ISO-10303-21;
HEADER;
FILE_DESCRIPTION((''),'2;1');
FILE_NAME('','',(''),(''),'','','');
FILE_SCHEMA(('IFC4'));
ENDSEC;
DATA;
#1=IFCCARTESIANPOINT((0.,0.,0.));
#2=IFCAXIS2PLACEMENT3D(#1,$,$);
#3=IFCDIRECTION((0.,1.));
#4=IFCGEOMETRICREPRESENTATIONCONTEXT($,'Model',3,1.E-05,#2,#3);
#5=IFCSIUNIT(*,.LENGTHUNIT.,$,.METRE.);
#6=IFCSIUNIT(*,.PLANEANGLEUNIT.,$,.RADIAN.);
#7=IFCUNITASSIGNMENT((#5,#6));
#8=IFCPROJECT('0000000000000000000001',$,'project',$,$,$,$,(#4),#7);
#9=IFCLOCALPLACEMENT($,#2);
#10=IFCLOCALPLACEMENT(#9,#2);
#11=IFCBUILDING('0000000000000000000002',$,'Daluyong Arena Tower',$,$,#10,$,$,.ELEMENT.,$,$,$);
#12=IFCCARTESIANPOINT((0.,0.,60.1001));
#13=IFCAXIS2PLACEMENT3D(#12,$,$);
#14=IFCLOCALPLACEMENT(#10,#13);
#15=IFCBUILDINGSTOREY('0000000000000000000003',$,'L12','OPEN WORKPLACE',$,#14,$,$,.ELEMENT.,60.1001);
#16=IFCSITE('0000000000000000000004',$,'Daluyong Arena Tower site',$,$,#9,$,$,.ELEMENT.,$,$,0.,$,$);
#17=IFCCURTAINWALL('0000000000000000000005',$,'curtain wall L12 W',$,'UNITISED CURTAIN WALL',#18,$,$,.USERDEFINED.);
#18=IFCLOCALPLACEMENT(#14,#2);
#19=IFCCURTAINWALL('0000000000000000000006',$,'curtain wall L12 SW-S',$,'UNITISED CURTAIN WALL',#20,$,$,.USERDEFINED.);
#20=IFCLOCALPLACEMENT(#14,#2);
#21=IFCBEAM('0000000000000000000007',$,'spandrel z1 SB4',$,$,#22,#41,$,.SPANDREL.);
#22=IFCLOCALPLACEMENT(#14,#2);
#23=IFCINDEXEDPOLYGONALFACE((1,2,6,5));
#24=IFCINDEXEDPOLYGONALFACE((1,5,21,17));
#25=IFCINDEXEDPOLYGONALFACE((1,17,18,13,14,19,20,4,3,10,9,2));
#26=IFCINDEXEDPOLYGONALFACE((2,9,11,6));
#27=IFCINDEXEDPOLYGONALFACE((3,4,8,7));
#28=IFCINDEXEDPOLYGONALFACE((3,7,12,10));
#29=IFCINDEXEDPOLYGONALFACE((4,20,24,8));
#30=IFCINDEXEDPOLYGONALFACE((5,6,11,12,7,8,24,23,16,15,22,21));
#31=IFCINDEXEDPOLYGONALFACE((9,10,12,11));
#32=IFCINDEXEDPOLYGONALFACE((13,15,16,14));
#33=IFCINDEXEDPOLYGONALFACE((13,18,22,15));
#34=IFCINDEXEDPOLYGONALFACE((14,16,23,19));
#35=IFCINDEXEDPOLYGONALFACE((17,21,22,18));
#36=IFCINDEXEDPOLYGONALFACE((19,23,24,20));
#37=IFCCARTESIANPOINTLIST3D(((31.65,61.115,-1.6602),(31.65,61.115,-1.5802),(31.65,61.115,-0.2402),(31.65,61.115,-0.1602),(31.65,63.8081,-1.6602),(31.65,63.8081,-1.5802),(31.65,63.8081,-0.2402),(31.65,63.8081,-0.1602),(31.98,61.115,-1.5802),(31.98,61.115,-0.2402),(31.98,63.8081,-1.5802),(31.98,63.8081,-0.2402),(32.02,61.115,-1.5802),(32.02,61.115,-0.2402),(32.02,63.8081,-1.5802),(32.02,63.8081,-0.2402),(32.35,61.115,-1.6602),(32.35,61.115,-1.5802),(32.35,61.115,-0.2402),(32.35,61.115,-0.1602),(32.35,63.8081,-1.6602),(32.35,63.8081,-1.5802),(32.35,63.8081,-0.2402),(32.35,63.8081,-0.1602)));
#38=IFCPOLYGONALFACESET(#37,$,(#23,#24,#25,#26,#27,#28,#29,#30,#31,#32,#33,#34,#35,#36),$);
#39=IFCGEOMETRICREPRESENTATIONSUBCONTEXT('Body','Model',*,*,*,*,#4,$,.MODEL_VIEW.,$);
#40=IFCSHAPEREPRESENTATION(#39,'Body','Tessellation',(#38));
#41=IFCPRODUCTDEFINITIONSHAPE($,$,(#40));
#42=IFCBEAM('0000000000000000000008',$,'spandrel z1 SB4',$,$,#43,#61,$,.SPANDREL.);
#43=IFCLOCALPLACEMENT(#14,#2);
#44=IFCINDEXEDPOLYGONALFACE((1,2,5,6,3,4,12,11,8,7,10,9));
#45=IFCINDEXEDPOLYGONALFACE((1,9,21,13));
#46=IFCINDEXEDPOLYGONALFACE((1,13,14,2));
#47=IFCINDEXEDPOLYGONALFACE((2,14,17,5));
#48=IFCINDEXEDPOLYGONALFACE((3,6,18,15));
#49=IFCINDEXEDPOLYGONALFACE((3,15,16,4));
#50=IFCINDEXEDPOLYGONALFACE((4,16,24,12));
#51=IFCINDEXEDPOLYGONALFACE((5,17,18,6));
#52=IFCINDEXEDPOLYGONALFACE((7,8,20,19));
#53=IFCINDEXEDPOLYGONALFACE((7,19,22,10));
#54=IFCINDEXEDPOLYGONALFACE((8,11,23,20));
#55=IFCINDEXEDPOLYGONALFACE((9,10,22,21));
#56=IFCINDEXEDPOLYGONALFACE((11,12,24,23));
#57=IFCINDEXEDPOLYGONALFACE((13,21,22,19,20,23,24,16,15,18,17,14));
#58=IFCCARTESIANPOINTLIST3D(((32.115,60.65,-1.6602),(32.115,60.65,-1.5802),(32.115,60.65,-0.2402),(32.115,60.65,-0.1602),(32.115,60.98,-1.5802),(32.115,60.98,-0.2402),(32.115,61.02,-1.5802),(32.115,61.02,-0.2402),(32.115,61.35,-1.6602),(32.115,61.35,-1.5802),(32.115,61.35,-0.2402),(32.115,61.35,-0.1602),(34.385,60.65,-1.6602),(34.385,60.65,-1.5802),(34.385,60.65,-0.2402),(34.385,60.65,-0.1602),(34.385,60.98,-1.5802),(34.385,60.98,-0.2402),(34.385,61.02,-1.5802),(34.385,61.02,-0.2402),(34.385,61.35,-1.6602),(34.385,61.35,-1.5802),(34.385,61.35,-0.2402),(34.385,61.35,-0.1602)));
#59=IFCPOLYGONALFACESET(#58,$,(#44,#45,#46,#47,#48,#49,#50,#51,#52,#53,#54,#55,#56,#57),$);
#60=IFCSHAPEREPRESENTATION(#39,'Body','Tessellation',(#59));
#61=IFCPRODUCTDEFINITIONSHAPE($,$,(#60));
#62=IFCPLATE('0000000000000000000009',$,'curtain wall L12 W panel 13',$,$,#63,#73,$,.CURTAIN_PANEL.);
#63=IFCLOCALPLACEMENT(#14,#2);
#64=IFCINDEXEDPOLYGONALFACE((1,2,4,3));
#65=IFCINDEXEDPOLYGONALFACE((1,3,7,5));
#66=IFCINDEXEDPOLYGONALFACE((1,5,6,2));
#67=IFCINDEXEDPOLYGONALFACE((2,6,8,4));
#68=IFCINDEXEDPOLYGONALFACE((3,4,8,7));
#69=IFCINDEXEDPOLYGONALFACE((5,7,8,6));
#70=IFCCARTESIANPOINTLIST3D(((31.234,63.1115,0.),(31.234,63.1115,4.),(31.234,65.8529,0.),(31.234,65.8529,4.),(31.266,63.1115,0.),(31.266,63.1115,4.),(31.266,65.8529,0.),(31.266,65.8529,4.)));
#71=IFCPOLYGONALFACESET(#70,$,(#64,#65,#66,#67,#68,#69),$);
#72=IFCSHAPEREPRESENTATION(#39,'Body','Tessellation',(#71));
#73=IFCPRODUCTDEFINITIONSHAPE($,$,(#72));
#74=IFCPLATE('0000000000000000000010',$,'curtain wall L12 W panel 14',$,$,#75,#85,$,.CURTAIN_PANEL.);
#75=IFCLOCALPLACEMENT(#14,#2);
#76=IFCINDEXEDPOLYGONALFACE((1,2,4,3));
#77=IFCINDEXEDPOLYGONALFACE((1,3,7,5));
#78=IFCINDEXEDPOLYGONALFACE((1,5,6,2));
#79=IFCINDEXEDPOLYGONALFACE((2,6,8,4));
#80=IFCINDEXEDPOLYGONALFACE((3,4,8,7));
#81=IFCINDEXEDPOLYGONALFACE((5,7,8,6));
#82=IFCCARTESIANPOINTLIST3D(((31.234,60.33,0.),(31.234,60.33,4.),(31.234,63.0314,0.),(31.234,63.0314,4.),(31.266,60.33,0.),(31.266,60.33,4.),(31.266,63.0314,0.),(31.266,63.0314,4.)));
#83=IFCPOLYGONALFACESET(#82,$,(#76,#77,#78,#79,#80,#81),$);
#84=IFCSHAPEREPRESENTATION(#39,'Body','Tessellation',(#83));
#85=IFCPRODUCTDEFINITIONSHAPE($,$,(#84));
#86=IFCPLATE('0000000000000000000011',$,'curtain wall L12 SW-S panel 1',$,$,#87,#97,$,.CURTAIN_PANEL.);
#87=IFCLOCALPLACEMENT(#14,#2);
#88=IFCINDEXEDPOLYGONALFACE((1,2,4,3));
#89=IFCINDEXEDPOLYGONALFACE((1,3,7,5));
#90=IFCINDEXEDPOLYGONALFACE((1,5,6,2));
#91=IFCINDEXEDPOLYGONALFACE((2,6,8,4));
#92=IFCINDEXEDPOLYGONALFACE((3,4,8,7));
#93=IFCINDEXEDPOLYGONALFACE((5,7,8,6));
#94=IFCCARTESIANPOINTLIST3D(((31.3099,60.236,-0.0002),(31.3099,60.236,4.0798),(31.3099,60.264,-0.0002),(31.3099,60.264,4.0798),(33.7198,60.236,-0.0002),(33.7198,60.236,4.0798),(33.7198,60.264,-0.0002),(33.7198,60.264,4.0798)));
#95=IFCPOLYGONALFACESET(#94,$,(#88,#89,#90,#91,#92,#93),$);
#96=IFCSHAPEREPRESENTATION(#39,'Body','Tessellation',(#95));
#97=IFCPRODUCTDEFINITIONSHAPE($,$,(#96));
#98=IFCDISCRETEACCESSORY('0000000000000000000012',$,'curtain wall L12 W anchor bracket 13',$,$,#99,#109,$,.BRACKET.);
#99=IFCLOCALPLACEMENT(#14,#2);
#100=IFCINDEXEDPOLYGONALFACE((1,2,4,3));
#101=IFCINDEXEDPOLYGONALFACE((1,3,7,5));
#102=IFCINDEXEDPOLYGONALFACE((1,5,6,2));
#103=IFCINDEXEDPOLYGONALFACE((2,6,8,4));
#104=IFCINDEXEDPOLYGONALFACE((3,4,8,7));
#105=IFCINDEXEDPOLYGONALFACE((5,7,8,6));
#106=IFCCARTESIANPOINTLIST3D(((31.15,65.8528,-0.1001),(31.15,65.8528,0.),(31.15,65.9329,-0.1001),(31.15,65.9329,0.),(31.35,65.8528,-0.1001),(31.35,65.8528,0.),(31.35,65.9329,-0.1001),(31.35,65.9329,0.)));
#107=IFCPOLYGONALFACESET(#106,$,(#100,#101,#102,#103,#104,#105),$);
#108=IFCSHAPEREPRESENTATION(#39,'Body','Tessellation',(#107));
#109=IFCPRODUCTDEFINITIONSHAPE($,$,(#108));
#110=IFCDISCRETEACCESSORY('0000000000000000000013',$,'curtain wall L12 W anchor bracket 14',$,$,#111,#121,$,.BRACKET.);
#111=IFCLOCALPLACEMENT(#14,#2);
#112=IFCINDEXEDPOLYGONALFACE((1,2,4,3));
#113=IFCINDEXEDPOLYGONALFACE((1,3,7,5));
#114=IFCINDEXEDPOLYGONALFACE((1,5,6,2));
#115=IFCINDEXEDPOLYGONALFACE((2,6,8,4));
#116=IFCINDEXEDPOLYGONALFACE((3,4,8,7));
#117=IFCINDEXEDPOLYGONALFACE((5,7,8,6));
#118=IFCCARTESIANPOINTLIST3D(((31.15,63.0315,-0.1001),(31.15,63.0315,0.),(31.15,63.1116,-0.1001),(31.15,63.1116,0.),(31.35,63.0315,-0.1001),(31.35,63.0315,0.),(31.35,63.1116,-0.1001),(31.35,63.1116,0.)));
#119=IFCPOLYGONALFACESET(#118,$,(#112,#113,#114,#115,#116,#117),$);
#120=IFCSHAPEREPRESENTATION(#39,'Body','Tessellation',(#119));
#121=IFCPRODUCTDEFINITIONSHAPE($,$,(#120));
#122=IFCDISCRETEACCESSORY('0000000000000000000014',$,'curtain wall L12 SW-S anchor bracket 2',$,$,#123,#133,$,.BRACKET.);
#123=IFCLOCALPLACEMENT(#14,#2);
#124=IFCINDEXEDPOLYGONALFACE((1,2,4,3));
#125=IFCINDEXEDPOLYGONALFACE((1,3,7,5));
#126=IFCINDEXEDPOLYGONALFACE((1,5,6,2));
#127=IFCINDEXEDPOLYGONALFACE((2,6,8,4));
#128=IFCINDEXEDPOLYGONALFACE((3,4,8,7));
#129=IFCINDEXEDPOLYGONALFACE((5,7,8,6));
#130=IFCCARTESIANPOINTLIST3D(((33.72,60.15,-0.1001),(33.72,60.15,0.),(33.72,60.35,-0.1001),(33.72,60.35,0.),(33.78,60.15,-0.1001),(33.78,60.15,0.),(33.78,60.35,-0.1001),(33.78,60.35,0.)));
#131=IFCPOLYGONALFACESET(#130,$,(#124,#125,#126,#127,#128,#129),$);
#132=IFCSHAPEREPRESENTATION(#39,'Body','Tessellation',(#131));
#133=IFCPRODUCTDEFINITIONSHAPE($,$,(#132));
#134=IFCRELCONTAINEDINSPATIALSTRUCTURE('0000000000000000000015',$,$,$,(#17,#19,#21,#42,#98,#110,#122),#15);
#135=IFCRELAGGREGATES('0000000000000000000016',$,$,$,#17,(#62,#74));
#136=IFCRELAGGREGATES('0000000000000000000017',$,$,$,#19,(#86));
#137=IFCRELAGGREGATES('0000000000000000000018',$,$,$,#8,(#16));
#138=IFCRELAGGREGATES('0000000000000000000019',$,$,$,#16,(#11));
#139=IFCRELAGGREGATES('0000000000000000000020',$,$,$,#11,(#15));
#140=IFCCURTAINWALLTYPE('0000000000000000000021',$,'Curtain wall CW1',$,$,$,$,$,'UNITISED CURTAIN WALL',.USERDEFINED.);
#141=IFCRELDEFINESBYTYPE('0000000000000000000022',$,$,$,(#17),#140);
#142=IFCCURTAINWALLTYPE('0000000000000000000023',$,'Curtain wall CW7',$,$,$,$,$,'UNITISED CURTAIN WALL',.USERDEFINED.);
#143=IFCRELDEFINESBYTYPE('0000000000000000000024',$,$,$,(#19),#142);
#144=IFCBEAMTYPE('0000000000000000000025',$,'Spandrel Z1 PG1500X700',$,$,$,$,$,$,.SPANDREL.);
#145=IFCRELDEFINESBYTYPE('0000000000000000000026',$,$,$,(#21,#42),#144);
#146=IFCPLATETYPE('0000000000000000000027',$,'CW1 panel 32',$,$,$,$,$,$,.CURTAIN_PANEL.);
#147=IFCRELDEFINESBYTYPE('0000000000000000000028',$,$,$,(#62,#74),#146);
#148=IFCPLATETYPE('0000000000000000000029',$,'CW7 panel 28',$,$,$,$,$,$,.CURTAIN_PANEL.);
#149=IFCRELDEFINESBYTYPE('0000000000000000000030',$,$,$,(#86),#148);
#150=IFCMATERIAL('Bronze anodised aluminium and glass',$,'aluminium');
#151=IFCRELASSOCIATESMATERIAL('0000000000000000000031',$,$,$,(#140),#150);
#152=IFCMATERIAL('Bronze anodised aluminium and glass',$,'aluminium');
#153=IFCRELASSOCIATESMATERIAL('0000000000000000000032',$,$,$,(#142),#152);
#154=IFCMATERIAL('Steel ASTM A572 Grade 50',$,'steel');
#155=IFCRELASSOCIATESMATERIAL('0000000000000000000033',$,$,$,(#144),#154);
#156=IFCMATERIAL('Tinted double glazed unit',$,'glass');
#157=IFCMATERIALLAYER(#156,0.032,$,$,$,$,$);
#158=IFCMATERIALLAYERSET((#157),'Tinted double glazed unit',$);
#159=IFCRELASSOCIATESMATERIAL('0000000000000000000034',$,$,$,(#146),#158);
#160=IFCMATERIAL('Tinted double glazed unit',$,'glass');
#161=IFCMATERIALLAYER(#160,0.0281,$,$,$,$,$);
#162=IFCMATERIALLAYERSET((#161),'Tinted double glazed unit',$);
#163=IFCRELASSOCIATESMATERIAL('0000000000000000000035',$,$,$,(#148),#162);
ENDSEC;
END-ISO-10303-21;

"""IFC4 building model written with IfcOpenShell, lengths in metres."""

from ifc_helpers import new_model, si_unit, direction, frame, origin, origin_2d, place, context, subcontext, project, spatial, rectangle, i_section, extrude, material, layer, layer_set, material_profile, profile_set, type_object, element, aggregate, save


model = new_model("IFC4")

# Units and contexts
model_context = context("Model", 3, precision=1e-05, world=origin(), true_north=direction((0.0, 1.0)))
body_context = subcontext(model_context, "Body", "Model", "MODEL_VIEW")
ifc_project = project(units=[si_unit("LENGTHUNIT", "METRE"), si_unit("PLANEANGLEUNIT", "RADIAN")], contexts=[model_context])

# Site, building, storey
site_placement = place(None, origin())
site = spatial("IfcSite", under=ifc_project, at=site_placement, Name="Daluyong Arena Tower site", CompositionType="ELEMENT", RefElevation=0.0)
building_placement = place(site_placement, origin())
building = spatial("IfcBuilding", under=site, at=building_placement, Name="Daluyong Arena Tower", CompositionType="ELEMENT")
storey_placement = place(building_placement, frame((0.0, 0.0, 60.1001)))
storey = spatial("IfcBuildingStorey", under=building, at=storey_placement, Name="L12", Description="OPEN WORKPLACE", CompositionType="ELEMENT", Elevation=60.1001)

# Curtain walls
ifc_material_1 = material(Name="Bronze anodised aluminium and glass", Category="aluminium")
curtain_wall_type_1 = type_object("IfcCurtainWallType", Name="Curtain wall CW1", ElementType="UNITISED CURTAIN WALL", PredefinedType="USERDEFINED", material=ifc_material_1)
curtain_wall_1_placement = place(storey_placement, origin())
curtain_wall_1 = element("IfcCurtainWall", 1, at=curtain_wall_1_placement, inside=storey, type_object=curtain_wall_type_1, Name="curtain wall L12 W", ObjectType="UNITISED CURTAIN WALL", PredefinedType="USERDEFINED")
ifc_material_2 = material(Name="Bronze anodised aluminium and glass", Category="aluminium")
curtain_wall_type_2 = type_object("IfcCurtainWallType", Name="Curtain wall CW7", ElementType="UNITISED CURTAIN WALL", PredefinedType="USERDEFINED", material=ifc_material_2)
curtain_wall_2_placement = place(storey_placement, origin())
curtain_wall_2 = element("IfcCurtainWall", 2, at=curtain_wall_2_placement, inside=storey, type_object=curtain_wall_type_2, Name="curtain wall L12 SW-S", ObjectType="UNITISED CURTAIN WALL", PredefinedType="USERDEFINED")

# Beams
ifc_material_3 = material(Name="Steel ASTM A572 Grade 50", Category="steel")
ifc_material_profile_1 = material_profile(ifc_material_3, i_section(OverallWidth=0.7, OverallDepth=1.5, WebThickness=0.04, FlangeThickness=0.08, at=origin_2d()))
ifc_profile_set_1 = profile_set([ifc_material_profile_1], Name="Steel ASTM A572 Grade 50")
beam_type_1 = type_object("IfcBeamType", Name="Spandrel Z1 PG1500X700", PredefinedType="SPANDREL", material=ifc_profile_set_1)
beam_1_placement = place(storey_placement, frame((32.0, 63.8081, -0.9102), z_axis=(0.0, -1.0, 0.0), x_axis=(1.0, 0.0, 0.0)))
element("IfcBeam", 3, at=beam_1_placement, inside=storey, type_object=beam_type_1, Name="spandrel z1 SB4", PredefinedType="SPANDREL", context=body_context, shape_type="SweptSolid", body=[
    extrude(i_section(OverallWidth=0.7, OverallDepth=1.5, WebThickness=0.04, FlangeThickness=0.08, at=origin_2d()), origin(), (0.0, 0.0, 1.0), 2.6931),
])
beam_2_placement = place(storey_placement, frame((32.115, 61.0, -0.9102), z_axis=(1.0, 0.0, 0.0), x_axis=(0.0, 1.0, 0.0)))
element("IfcBeam", 4, at=beam_2_placement, inside=storey, type_object=beam_type_1, Name="spandrel z1 SB4", PredefinedType="SPANDREL", context=body_context, shape_type="SweptSolid", body=[
    extrude(i_section(OverallWidth=0.7, OverallDepth=1.5, WebThickness=0.04, FlangeThickness=0.08, at=origin_2d()), origin(), (0.0, 0.0, 1.0), 2.27),
])

# Plates
ifc_material_4 = material(Name="Tinted double glazed unit", Category="glass")
ifc_layer_1 = layer(ifc_material_4, 0.032)
ifc_layer_set_1 = layer_set([ifc_layer_1], Name="Tinted double glazed unit")
plate_type_1 = type_object("IfcPlateType", Name="CW1 panel 32", PredefinedType="CURTAIN_PANEL", material=ifc_layer_set_1)
plate_1_placement = place(storey_placement, frame((31.25, 64.4822, 0.0), z_axis=(0.0, 0.0, 1.0), x_axis=(0.0, -1.0, 0.0)))
plate_1 = element("IfcPlate", 5, at=plate_1_placement, type_object=plate_type_1, Name="curtain wall L12 W panel 13", PredefinedType="CURTAIN_PANEL", context=body_context, shape_type="SweptSolid", body=[
    extrude(rectangle(XDim=2.7415, YDim=0.032, at=origin_2d()), origin(), (0.0, 0.0, 1.0), 4.0),
])
plate_2_placement = place(storey_placement, frame((31.25, 61.6807, 0.0), z_axis=(0.0, 0.0, 1.0), x_axis=(0.0, -1.0, 0.0)))
plate_2 = element("IfcPlate", 6, at=plate_2_placement, type_object=plate_type_1, Name="curtain wall L12 W panel 14", PredefinedType="CURTAIN_PANEL", context=body_context, shape_type="SweptSolid", body=[
    extrude(rectangle(XDim=2.7014, YDim=0.032, at=origin_2d()), origin(), (0.0, 0.0, 1.0), 4.0),
])
aggregate(curtain_wall_1, [plate_1, plate_2])
ifc_material_5 = material(Name="Tinted double glazed unit", Category="glass")
ifc_layer_2 = layer(ifc_material_5, 0.0281)
ifc_layer_set_2 = layer_set([ifc_layer_2], Name="Tinted double glazed unit")
plate_type_2 = type_object("IfcPlateType", Name="CW7 panel 28", PredefinedType="CURTAIN_PANEL", material=ifc_layer_set_2)
plate_3_placement = place(storey_placement, frame((32.5149, 60.25, -0.0002), z_axis=(0.0, 0.0, 1.0), x_axis=(1.0, 0.0, 0.0)))
plate_3 = element("IfcPlate", 7, at=plate_3_placement, type_object=plate_type_2, Name="curtain wall L12 SW-S panel 1", PredefinedType="CURTAIN_PANEL", context=body_context, shape_type="SweptSolid", body=[
    extrude(rectangle(XDim=2.4099, YDim=0.0281, at=origin_2d()), origin(), (0.0, 0.0, 1.0), 4.0801),
])
aggregate(curtain_wall_2, [plate_3])

# Discrete accessories
for number, where, z_axis, x_axis, name in (
    (8, (31.25, 65.8928, -0.1001), (0.0, 0.0, 1.0), (0.0, -1.0, 0.0), "curtain wall L12 W anchor bracket 13"),
    (9, (31.25, 63.0715, -0.1001), (0.0, 0.0, 1.0), (0.0, -1.0, 0.0), "curtain wall L12 W anchor bracket 14"),
):
    element("IfcDiscreteAccessory", number, at=place(storey_placement, frame(where, z_axis=z_axis, x_axis=x_axis)), inside=storey, Name=name, PredefinedType="BRACKET", context=body_context, shape_type="SweptSolid", body=[
        extrude(rectangle(XDim=0.0801, YDim=0.2, at=origin_2d()), origin(), (0.0, 0.0, 1.0), 0.1001),
    ])
discrete_accessory_placement = place(storey_placement, frame((33.75, 60.25, -0.1001), z_axis=(0.0, 0.0, 1.0), x_axis=(1.0, 0.0, 0.0)))
element("IfcDiscreteAccessory", 10, at=discrete_accessory_placement, inside=storey, Name="curtain wall L12 SW-S anchor bracket 2", PredefinedType="BRACKET", context=body_context, shape_type="SweptSolid", body=[
    extrude(rectangle(XDim=0.0601, YDim=0.2, at=origin_2d()), origin(), (0.0, 0.0, 1.0), 0.1001),
])

save(model, "model.ifc")
